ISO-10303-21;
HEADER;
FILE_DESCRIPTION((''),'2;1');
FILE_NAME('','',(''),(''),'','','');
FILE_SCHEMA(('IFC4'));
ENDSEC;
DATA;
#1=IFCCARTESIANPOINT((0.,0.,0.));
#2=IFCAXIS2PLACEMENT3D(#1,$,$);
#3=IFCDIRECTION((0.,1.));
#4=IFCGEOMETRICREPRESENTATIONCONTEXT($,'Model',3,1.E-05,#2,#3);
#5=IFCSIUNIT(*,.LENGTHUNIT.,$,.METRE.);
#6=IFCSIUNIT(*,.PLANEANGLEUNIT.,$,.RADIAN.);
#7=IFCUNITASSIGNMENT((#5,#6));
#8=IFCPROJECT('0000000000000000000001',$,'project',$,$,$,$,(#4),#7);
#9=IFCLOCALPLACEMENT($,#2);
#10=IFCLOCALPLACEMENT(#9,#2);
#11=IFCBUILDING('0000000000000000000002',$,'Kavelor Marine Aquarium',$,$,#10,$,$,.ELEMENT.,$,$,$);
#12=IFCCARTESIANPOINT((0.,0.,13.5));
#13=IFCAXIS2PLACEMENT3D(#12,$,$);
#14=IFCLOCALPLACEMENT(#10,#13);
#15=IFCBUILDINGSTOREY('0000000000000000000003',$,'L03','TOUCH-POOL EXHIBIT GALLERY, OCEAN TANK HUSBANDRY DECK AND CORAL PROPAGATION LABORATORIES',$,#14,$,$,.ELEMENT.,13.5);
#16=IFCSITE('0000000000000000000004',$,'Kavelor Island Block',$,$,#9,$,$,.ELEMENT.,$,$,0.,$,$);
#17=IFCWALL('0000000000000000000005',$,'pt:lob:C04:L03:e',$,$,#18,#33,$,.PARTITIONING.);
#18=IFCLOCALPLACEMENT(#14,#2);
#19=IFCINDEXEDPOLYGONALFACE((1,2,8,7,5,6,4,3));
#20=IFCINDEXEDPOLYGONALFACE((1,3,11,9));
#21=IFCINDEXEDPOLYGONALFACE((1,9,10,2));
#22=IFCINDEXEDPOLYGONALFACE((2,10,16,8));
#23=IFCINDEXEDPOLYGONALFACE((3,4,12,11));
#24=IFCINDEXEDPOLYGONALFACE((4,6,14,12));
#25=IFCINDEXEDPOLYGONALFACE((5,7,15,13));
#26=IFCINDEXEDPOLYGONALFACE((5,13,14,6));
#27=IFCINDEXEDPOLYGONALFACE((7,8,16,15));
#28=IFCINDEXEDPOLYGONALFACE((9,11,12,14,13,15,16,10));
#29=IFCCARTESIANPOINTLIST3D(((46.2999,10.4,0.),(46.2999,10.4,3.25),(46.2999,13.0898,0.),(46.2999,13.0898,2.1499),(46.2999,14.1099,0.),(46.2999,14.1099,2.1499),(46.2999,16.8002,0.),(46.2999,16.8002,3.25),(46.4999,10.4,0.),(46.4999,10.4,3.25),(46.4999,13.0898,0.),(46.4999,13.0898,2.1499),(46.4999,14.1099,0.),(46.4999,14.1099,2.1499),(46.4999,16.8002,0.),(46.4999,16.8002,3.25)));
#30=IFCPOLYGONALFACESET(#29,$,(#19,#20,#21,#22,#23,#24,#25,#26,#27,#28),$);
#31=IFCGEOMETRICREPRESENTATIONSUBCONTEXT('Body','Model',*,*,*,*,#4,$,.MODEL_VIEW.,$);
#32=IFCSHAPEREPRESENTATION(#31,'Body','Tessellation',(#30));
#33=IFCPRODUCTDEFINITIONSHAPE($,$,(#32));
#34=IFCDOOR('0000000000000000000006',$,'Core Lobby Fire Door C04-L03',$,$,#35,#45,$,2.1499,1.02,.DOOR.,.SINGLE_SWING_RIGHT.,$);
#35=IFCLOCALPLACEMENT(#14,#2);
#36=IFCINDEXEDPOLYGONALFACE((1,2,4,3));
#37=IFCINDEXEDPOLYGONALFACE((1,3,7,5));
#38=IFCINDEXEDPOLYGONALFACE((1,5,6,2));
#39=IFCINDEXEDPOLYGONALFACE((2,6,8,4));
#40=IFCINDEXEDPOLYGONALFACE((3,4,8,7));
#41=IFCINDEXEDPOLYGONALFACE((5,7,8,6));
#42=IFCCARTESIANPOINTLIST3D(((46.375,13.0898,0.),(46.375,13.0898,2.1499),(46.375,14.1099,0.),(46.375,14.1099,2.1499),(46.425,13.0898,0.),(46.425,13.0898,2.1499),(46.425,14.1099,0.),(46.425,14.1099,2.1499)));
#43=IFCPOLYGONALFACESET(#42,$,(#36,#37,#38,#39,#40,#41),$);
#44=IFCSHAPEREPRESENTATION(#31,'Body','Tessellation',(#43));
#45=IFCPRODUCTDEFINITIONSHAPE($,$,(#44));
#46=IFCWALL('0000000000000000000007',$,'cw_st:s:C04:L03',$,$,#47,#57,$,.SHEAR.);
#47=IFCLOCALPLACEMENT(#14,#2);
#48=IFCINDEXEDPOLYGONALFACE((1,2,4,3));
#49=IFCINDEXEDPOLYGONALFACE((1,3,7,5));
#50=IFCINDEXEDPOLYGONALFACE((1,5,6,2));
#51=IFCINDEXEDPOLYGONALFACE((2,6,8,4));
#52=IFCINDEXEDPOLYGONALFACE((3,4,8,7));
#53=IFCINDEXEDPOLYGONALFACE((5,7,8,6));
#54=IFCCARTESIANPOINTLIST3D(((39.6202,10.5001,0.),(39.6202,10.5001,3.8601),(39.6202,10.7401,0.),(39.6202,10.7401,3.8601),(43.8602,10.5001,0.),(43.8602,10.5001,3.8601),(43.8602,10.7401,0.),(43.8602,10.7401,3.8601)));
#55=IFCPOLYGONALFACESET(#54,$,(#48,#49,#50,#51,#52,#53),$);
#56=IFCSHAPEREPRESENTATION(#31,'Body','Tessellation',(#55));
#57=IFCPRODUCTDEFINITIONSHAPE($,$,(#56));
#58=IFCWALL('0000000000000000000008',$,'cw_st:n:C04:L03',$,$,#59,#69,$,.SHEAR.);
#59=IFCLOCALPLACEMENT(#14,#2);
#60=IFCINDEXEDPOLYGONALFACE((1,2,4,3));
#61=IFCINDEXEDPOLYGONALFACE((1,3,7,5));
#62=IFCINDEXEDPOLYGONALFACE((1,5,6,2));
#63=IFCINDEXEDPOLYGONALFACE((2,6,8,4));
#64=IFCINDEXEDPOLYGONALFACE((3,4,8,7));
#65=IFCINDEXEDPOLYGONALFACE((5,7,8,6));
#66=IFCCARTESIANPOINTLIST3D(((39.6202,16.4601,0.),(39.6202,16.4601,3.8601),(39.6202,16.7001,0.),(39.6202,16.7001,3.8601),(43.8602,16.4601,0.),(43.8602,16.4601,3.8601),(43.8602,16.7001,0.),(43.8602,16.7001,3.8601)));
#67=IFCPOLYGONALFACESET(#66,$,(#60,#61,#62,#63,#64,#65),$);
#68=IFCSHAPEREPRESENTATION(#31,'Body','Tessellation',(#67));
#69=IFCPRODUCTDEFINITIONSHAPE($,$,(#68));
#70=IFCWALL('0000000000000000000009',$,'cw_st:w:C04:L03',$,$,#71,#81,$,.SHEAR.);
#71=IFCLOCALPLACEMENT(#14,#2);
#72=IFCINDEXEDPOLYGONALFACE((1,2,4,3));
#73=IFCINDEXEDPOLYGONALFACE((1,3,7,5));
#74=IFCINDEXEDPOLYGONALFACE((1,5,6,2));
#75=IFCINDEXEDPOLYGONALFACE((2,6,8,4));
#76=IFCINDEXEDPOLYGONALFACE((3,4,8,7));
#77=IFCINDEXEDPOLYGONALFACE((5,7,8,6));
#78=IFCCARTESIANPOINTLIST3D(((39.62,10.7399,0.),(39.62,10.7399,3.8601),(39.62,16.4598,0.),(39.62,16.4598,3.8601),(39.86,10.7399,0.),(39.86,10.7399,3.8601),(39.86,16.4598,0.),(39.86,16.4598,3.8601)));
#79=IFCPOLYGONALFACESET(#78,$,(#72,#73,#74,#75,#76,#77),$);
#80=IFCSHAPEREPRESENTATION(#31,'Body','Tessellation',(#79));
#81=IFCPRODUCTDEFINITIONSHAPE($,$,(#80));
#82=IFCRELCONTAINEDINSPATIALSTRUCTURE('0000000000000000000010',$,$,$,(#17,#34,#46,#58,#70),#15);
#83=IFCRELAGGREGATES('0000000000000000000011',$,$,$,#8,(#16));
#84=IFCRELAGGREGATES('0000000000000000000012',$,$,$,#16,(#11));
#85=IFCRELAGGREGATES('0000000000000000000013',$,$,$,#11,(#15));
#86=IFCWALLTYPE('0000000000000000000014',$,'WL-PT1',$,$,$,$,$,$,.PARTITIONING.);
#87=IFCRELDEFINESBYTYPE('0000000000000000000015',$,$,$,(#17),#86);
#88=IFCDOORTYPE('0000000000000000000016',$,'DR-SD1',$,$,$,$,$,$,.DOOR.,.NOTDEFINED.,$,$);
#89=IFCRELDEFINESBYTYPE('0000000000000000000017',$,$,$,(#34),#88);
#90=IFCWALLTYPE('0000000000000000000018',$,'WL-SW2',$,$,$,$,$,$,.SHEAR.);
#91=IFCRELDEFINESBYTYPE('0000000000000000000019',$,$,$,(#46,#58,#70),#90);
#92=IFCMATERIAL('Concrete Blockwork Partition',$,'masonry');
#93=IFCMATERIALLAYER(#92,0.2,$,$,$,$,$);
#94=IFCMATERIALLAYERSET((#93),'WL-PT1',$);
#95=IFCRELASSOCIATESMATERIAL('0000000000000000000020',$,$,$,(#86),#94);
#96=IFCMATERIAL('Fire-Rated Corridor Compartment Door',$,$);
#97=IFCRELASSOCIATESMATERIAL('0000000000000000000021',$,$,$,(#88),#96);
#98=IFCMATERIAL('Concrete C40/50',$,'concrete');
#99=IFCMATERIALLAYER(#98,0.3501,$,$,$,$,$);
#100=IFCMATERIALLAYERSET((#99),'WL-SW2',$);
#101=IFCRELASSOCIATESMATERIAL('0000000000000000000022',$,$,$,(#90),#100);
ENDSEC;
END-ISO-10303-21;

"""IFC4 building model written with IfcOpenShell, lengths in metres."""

from ifc_helpers import new_model, si_unit, direction, frame, frame_2d, origin, place, context, subcontext, project, spatial, rectangle, extrude, material, layer, layer_set, type_object, element, fill, save


model = new_model("IFC4")

# Units and contexts
model_context = context("Model", 3, precision=1e-05, world=origin(), true_north=direction((0.0, 1.0)))
body_context = subcontext(model_context, "Body", "Model", "MODEL_VIEW")
ifc_project = project(units=[si_unit("LENGTHUNIT", "METRE"), si_unit("PLANEANGLEUNIT", "RADIAN")], contexts=[model_context])

# Site, building, storey
site_placement = place(None, origin())
site = spatial("IfcSite", under=ifc_project, at=site_placement, Name="Kavelor Island Block", CompositionType="ELEMENT", RefElevation=0.0)
building_placement = place(site_placement, origin())
building = spatial("IfcBuilding", under=site, at=building_placement, Name="Kavelor Marine Aquarium", CompositionType="ELEMENT")
storey_placement = place(building_placement, frame((0.0, 0.0, 13.5)))
storey = spatial("IfcBuildingStorey", under=building, at=storey_placement, Name="L03", Description="TOUCH-POOL EXHIBIT GALLERY, OCEAN TANK HUSBANDRY DECK AND CORAL PROPAGATION LABORATORIES", CompositionType="ELEMENT", Elevation=13.5)

# Shared definitions
ifc_material_1 = material(Name="Concrete Blockwork Partition", Category="masonry")
ifc_layer_1 = layer(ifc_material_1, 0.2)
ifc_layer_set_1 = layer_set([ifc_layer_1], Name="WL-PT1")
wall_type_1 = type_object("IfcWallType", Name="WL-PT1", PredefinedType="PARTITIONING", material=ifc_layer_set_1)

# Wall, opening, door
wall_1_placement = place(storey_placement, frame((46.3999, 10.3999, 0.0), z_axis=(0.0, 0.0, 1.0), x_axis=(0.0, 1.0, 0.0)))
wall_1 = element("IfcWall", 1, at=wall_1_placement, inside=storey, type_object=wall_type_1, Name="pt:lob:C04:L03:e", PredefinedType="PARTITIONING", context=body_context, shape_type="SweptSolid", body=[
    extrude(rectangle(XDim=6.4001, YDim=0.2, at=frame_2d((3.2002, 0.0))), origin(), (0.0, 0.0, 1.0), 3.25),
])
opening_1_placement = place(wall_1_placement, frame((2.6899, 0.0, 0.0)))
opening_1 = element("IfcOpeningElement", 2, at=opening_1_placement, cuts=wall_1, PredefinedType="OPENING", context=body_context, shape_type="SweptSolid", body=[
    extrude(rectangle(XDim=1.02, YDim=2.1499, at=frame_2d((0.51, 1.075))), frame((0.0, 0.1099, 0.0), z_axis=(0.0, -1.0, 0.0), x_axis=(1.0, 0.0, 0.0)), (0.0, 0.0, 1.0), 0.22),
])
ifc_material_2 = material(Name="Fire-Rated Corridor Compartment Door")
door_type_1 = type_object("IfcDoorType", Name="DR-SD1", OperationType="NOTDEFINED", PredefinedType="DOOR", material=ifc_material_2)
door_1_placement = place(opening_1_placement, origin())
door_1 = element("IfcDoor", 3, at=door_1_placement, inside=storey, type_object=door_type_1, Name="Core Lobby Fire Door C04-L03", OperationType="SINGLE_SWING_RIGHT", OverallHeight=2.1499, OverallWidth=1.02, PredefinedType="DOOR", context=body_context, shape_type="SweptSolid", body=[
    extrude(rectangle(XDim=1.02, YDim=2.1499, at=frame_2d((0.51, 1.075))), frame((0.0, 0.0249, 0.0), z_axis=(0.0, -1.0, 0.0), x_axis=(1.0, 0.0, 0.0)), (0.0, 0.0, 1.0), 0.05),
])
fill(opening_1, door_1)

# Walls
ifc_material_3 = material(Name="Concrete C40/50", Category="concrete")
ifc_layer_2 = layer(ifc_material_3, 0.3501)
ifc_layer_set_2 = layer_set([ifc_layer_2], Name="WL-SW2")
wall_type_2 = type_object("IfcWallType", Name="WL-SW2", PredefinedType="SHEAR", material=ifc_layer_set_2)
for number, where, z_axis, x_axis, name in (
    (4, (39.6201, 10.6201, 0.0), (0.0, 0.0, 1.0), (1.0, 0.0, 0.0), "cw_st:s:C04:L03"),
    (5, (39.6201, 16.5801, 0.0), (0.0, 0.0, 1.0), (1.0, 0.0, 0.0), "cw_st:n:C04:L03"),
):
    element("IfcWall", number, at=place(storey_placement, frame(where, z_axis=z_axis, x_axis=x_axis)), inside=storey, type_object=wall_type_2, Name=name, PredefinedType="SHEAR", context=body_context, shape_type="SweptSolid", body=[
        extrude(rectangle(XDim=4.24, YDim=0.24, at=frame_2d((2.1201, 0.0))), origin(), (0.0, 0.0, 1.0), 3.8601),
    ])
wall_2_placement = place(storey_placement, frame((39.74, 10.74, 0.0), z_axis=(0.0, 0.0, 1.0), x_axis=(0.0, 1.0, 0.0)))
element("IfcWall", 6, at=wall_2_placement, inside=storey, type_object=wall_type_2, Name="cw_st:w:C04:L03", PredefinedType="SHEAR", context=body_context, shape_type="SweptSolid", body=[
    extrude(rectangle(XDim=5.72, YDim=0.24, at=frame_2d((2.8599, 0.0))), origin(), (0.0, 0.0, 1.0), 3.8601),
])

save(model, "model.ifc")
